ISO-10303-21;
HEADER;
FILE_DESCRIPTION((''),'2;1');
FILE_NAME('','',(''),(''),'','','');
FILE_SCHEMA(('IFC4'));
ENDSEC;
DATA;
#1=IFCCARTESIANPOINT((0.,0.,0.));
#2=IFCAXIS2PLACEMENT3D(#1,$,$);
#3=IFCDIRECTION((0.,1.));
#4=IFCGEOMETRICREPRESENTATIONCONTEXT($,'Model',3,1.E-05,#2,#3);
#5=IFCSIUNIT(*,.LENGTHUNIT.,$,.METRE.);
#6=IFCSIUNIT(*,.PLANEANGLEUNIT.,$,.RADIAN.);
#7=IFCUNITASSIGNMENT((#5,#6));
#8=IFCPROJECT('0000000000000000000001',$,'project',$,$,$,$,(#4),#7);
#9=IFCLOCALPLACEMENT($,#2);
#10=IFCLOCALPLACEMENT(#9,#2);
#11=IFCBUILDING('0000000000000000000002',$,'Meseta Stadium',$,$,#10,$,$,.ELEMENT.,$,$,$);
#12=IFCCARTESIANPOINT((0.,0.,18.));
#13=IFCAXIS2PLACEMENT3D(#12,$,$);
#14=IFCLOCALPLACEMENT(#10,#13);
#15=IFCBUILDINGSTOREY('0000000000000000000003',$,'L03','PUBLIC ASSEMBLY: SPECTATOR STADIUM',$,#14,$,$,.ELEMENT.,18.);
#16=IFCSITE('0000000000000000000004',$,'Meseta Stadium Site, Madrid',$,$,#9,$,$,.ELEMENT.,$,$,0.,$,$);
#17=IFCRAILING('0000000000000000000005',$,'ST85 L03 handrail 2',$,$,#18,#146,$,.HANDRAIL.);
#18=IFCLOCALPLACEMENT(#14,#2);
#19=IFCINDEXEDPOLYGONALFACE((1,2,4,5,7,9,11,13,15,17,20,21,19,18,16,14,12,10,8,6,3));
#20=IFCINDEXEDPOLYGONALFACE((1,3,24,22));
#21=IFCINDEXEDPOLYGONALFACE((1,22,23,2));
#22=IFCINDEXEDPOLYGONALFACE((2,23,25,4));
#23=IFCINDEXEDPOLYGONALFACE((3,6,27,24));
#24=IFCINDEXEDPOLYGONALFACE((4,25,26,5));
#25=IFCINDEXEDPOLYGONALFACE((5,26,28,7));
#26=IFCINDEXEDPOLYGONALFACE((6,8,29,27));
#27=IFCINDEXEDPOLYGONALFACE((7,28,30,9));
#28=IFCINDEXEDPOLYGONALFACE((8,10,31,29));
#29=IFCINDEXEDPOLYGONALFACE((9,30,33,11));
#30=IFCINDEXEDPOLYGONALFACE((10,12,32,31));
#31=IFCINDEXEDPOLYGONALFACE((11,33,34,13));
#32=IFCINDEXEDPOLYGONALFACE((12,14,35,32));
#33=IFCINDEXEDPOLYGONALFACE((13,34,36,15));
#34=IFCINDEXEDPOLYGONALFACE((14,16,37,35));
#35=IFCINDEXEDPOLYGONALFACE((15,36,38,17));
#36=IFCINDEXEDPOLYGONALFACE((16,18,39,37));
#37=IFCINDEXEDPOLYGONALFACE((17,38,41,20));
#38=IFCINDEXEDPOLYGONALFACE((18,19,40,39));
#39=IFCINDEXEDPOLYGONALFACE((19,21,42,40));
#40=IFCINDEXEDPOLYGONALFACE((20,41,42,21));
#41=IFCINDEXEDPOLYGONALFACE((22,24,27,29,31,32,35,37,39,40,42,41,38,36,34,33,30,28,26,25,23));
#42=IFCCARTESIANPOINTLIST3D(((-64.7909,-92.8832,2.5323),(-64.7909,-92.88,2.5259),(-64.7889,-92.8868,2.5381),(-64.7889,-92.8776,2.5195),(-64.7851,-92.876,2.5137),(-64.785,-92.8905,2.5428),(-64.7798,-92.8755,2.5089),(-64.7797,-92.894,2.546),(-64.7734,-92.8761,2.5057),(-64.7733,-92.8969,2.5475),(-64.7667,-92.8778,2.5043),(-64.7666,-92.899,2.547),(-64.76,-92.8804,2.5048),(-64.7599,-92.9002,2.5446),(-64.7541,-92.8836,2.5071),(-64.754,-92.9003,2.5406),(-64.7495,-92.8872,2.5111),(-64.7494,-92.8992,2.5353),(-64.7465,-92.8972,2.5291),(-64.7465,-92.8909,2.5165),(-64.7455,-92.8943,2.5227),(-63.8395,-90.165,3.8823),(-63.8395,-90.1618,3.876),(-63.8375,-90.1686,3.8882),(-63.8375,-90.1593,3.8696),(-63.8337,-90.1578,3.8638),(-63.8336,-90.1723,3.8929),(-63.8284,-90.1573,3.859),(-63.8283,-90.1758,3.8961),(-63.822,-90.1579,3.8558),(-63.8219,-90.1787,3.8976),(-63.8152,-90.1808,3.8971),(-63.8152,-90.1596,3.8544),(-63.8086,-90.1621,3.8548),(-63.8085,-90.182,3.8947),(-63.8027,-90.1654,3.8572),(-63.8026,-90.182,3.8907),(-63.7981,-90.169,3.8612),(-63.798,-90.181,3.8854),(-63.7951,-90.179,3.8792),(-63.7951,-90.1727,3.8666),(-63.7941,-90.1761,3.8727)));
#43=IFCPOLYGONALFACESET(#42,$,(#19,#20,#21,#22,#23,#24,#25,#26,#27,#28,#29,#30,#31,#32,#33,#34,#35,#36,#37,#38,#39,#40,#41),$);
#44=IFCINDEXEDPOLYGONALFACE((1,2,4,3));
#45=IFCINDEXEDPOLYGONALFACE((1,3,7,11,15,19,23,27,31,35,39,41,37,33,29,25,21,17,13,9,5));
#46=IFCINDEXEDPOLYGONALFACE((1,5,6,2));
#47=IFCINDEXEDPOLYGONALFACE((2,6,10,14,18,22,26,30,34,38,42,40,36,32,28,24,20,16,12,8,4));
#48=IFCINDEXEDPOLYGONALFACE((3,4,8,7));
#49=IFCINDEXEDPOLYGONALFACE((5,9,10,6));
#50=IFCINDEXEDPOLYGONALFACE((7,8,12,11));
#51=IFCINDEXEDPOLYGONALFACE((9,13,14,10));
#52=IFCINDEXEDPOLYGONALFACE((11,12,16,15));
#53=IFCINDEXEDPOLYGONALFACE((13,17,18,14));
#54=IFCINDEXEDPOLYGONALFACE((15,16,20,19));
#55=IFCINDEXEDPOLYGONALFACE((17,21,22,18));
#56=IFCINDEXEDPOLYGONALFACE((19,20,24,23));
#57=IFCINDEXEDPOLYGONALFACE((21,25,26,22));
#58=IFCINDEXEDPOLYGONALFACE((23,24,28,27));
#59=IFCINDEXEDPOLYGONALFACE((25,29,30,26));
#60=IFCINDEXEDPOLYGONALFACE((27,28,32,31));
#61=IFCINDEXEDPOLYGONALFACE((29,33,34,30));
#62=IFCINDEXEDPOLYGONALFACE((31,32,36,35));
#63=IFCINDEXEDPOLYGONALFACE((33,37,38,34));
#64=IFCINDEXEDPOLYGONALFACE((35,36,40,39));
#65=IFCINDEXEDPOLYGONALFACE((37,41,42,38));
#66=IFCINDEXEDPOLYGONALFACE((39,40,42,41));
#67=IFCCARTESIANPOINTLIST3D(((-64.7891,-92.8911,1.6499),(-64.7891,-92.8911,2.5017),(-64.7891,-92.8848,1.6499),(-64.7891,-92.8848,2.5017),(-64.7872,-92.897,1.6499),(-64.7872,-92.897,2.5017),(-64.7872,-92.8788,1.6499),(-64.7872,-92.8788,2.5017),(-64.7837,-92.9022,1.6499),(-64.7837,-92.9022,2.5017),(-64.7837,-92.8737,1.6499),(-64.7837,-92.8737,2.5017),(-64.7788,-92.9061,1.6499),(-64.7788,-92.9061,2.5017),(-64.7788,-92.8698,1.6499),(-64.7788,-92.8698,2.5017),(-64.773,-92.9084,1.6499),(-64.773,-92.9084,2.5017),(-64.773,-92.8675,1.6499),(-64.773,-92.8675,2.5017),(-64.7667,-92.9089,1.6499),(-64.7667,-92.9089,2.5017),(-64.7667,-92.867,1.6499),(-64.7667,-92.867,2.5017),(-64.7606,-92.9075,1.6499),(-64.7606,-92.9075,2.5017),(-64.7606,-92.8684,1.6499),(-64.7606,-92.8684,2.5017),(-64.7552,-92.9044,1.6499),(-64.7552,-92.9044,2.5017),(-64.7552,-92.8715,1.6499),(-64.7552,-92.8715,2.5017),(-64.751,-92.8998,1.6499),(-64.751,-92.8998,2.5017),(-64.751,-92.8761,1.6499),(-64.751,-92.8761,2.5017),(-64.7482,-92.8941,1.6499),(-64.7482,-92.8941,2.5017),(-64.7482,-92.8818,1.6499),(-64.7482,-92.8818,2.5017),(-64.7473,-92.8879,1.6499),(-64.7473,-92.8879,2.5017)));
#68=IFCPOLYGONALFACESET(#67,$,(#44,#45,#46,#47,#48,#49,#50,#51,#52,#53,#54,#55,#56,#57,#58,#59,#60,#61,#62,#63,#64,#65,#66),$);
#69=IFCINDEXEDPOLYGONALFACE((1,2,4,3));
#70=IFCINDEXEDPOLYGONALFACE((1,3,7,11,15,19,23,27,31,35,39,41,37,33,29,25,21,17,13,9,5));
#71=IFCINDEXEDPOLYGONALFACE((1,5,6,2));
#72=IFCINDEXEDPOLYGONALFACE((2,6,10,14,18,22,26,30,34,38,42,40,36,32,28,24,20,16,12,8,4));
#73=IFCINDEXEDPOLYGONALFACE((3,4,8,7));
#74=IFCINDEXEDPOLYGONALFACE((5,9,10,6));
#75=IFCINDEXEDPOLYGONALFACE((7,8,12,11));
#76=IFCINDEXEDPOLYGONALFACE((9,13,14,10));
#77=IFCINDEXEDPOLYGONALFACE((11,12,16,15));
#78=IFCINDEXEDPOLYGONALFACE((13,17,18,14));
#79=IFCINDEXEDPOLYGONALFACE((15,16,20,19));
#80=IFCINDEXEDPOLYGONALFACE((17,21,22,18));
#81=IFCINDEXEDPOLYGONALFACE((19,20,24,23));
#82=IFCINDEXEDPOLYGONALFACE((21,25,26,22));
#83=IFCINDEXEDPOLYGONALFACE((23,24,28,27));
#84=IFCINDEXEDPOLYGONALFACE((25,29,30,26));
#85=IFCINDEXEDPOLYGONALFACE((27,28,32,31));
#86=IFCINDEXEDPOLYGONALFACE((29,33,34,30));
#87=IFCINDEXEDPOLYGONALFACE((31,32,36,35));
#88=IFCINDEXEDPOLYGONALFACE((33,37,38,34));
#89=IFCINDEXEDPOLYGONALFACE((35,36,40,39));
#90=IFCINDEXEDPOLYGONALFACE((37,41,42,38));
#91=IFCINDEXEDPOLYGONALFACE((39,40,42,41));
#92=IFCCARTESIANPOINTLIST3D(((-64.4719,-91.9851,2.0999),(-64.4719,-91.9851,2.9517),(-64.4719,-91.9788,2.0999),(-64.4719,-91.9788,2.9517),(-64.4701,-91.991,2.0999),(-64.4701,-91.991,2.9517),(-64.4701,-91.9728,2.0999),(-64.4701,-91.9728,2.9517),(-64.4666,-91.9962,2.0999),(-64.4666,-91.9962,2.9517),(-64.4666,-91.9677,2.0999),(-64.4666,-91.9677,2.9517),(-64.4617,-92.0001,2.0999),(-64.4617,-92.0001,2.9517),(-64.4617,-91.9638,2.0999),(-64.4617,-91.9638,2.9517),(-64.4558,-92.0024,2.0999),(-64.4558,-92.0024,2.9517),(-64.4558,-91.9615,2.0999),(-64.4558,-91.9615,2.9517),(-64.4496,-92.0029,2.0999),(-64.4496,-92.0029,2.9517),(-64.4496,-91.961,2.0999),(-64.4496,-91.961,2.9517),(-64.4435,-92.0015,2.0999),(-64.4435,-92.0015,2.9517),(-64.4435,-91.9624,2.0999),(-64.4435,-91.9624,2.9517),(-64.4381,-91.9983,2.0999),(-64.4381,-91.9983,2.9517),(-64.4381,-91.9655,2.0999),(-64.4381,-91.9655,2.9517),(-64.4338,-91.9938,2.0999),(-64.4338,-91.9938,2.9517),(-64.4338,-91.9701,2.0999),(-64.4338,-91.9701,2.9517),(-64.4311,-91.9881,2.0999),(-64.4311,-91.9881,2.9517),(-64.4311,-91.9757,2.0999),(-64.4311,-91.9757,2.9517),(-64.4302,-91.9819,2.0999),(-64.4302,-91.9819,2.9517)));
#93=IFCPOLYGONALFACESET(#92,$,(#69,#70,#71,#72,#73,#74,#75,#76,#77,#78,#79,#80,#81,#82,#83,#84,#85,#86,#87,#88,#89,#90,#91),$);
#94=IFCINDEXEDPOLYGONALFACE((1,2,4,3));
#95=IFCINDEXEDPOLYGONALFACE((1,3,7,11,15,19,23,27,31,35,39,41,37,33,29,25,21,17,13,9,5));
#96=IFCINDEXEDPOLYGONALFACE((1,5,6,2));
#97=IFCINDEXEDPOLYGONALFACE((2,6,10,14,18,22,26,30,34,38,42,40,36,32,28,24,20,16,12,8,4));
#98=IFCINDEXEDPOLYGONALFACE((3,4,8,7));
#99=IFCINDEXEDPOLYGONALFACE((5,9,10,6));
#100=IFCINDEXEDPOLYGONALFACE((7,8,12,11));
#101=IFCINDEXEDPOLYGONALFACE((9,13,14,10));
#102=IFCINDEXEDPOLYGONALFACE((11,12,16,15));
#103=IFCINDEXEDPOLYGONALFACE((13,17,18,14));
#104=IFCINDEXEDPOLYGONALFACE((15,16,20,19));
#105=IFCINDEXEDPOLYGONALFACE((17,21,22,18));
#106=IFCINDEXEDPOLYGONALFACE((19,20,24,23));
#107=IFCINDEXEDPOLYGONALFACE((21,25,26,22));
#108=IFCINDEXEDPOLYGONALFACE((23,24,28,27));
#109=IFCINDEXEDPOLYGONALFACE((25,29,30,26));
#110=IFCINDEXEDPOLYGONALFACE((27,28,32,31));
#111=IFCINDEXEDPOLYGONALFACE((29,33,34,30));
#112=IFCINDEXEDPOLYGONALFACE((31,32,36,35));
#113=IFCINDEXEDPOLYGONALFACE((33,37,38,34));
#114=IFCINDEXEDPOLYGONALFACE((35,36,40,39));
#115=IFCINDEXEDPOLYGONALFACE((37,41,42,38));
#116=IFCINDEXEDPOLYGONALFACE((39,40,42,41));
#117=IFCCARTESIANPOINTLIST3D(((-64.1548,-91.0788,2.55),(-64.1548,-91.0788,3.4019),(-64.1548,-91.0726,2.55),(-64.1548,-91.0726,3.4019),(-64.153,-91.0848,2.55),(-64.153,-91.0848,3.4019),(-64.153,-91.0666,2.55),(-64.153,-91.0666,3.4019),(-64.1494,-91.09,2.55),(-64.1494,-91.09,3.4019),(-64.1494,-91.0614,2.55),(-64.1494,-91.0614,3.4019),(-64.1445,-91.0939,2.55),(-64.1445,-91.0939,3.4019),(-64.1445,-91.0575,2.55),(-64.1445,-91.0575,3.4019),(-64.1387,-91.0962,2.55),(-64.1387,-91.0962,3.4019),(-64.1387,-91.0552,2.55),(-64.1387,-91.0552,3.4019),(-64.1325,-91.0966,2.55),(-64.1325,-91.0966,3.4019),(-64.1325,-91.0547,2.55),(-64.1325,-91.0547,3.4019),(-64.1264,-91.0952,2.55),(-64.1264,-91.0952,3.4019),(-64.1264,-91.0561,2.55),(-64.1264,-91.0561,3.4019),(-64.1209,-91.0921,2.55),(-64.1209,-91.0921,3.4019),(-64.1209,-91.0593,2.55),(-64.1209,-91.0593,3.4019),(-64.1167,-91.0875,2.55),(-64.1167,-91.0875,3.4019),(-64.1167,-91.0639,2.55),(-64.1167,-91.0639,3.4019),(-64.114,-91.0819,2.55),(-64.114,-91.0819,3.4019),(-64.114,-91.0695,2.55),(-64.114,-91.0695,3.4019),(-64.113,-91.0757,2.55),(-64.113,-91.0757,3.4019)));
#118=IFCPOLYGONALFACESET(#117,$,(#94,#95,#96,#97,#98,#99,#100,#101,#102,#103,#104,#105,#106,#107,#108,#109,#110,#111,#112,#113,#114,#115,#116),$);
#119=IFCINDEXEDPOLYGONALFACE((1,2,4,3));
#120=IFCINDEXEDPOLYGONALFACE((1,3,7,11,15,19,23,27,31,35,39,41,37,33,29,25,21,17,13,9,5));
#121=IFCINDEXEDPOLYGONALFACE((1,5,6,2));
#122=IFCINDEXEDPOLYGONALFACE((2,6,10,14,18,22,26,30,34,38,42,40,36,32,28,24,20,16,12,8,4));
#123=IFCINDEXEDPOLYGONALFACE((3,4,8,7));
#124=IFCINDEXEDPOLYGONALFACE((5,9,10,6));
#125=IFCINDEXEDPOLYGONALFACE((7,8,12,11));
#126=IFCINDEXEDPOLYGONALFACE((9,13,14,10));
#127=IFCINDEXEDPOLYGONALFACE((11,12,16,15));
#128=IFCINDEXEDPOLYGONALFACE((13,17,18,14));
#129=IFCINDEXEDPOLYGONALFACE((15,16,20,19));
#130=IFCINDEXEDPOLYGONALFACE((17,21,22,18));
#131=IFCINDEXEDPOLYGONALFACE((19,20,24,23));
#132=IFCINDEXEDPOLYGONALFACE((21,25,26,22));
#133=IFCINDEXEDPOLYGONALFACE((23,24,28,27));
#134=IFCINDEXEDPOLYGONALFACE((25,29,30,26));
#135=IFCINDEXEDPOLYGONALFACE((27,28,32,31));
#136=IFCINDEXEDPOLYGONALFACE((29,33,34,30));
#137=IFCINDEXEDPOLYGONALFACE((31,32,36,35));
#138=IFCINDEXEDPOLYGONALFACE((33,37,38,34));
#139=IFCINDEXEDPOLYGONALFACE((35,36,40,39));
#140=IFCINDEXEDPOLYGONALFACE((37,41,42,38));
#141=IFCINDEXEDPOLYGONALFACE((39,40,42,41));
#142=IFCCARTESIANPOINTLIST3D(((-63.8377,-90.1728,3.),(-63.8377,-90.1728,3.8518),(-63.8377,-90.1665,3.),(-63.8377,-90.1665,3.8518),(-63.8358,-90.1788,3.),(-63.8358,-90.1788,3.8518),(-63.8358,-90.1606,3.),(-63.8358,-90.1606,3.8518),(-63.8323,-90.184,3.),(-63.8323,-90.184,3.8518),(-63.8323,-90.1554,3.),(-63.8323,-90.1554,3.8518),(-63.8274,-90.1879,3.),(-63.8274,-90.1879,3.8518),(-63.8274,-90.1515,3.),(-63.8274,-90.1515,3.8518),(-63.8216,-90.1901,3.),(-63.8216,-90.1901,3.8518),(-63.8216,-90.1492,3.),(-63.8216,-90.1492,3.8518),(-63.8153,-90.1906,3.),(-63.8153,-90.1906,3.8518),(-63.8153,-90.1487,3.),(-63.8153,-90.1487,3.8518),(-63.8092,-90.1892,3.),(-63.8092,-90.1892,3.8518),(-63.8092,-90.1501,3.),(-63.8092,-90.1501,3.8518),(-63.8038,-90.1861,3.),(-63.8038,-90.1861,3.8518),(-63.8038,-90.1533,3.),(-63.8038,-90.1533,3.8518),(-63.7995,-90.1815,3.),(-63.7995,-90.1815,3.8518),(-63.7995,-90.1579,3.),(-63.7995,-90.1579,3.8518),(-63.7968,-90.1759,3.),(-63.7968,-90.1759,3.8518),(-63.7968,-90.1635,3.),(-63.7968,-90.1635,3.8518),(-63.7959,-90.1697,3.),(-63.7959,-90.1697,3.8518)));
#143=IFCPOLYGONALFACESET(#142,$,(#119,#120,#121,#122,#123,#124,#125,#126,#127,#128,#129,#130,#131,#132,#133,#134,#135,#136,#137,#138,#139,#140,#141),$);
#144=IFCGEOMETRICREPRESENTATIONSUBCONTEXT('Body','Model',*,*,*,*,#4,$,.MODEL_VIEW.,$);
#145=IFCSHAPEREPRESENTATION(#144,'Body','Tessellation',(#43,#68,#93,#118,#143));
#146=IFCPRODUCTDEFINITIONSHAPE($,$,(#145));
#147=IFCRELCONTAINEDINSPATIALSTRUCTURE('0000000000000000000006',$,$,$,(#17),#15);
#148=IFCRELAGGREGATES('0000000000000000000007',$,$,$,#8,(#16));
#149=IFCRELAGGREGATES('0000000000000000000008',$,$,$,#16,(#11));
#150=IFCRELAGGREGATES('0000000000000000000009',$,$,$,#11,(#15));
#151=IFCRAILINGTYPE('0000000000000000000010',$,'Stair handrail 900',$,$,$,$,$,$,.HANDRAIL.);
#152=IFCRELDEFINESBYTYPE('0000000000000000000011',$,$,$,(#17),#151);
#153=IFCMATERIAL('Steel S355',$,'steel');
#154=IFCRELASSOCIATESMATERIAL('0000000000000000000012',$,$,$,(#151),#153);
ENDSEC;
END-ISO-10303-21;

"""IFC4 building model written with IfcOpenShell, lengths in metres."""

from ifc_helpers import new_model, si_unit, direction, frame, origin, origin_2d, place, context, subcontext, project, spatial, circle, extrude, material, type_object, element, save


model = new_model("IFC4")

# Units and contexts
model_context = context("Model", 3, precision=1e-05, world=origin(), true_north=direction((0.0, 1.0)))
body_context = subcontext(model_context, "Body", "Model", "MODEL_VIEW")
ifc_project = project(units=[si_unit("LENGTHUNIT", "METRE"), si_unit("PLANEANGLEUNIT", "RADIAN")], contexts=[model_context])

# Site, building, storey
site_placement = place(None, origin())
site = spatial("IfcSite", under=ifc_project, at=site_placement, Name="Meseta Stadium Site, Madrid", CompositionType="ELEMENT", RefElevation=0.0)
building_placement = place(site_placement, origin())
building = spatial("IfcBuilding", under=site, at=building_placement, Name="Meseta Stadium", CompositionType="ELEMENT")
storey_placement = place(building_placement, frame((0.0, 0.0, 18.0)))
storey = spatial("IfcBuildingStorey", under=building, at=storey_placement, Name="L03", Description="PUBLIC ASSEMBLY: SPECTATOR STADIUM", CompositionType="ELEMENT", Elevation=18.0)

# Railing
ifc_material_1 = material(Name="Steel S355", Category="steel")
railing_type_1 = type_object("IfcRailingType", Name="Stair handrail 900", PredefinedType="HANDRAIL", material=ifc_material_1)
for number, where, name in (
    (1, (-64.7683, -92.8879, 1.6499), "ST85 L03 handrail 2"),
):
    element("IfcRailing", number, at=place(storey_placement, frame(where)), inside=storey, type_object=railing_type_1, Name=name, PredefinedType="HANDRAIL", context=body_context, shape_type="SweptSolid", body=[
        extrude(circle(Radius=0.0239, at=origin_2d()), frame((0.0, 0.0, 0.876), z_axis=(0.299121, 0.854609, 0.424465), x_axis=(-0.943856, 0.330358, 0.0)), (0.0, 0.0, 1.0), 3.1807),
        extrude(circle(Radius=0.021, at=origin_2d()), origin(), (0.0, 0.0, 1.0), 0.8518),
        extrude(circle(Radius=0.021, at=origin_2d()), frame((0.3171, 0.906, 0.45)), (0.0, 0.0, 1.0), 0.8518),
        extrude(circle(Radius=0.021, at=origin_2d()), frame((0.6343, 1.8123, 0.9001)), (0.0, 0.0, 1.0), 0.8518),
        extrude(circle(Radius=0.021, at=origin_2d()), frame((0.9514, 2.7183, 1.3501)), (0.0, 0.0, 1.0), 0.8518),
    ])

save(model, "model.ifc")
